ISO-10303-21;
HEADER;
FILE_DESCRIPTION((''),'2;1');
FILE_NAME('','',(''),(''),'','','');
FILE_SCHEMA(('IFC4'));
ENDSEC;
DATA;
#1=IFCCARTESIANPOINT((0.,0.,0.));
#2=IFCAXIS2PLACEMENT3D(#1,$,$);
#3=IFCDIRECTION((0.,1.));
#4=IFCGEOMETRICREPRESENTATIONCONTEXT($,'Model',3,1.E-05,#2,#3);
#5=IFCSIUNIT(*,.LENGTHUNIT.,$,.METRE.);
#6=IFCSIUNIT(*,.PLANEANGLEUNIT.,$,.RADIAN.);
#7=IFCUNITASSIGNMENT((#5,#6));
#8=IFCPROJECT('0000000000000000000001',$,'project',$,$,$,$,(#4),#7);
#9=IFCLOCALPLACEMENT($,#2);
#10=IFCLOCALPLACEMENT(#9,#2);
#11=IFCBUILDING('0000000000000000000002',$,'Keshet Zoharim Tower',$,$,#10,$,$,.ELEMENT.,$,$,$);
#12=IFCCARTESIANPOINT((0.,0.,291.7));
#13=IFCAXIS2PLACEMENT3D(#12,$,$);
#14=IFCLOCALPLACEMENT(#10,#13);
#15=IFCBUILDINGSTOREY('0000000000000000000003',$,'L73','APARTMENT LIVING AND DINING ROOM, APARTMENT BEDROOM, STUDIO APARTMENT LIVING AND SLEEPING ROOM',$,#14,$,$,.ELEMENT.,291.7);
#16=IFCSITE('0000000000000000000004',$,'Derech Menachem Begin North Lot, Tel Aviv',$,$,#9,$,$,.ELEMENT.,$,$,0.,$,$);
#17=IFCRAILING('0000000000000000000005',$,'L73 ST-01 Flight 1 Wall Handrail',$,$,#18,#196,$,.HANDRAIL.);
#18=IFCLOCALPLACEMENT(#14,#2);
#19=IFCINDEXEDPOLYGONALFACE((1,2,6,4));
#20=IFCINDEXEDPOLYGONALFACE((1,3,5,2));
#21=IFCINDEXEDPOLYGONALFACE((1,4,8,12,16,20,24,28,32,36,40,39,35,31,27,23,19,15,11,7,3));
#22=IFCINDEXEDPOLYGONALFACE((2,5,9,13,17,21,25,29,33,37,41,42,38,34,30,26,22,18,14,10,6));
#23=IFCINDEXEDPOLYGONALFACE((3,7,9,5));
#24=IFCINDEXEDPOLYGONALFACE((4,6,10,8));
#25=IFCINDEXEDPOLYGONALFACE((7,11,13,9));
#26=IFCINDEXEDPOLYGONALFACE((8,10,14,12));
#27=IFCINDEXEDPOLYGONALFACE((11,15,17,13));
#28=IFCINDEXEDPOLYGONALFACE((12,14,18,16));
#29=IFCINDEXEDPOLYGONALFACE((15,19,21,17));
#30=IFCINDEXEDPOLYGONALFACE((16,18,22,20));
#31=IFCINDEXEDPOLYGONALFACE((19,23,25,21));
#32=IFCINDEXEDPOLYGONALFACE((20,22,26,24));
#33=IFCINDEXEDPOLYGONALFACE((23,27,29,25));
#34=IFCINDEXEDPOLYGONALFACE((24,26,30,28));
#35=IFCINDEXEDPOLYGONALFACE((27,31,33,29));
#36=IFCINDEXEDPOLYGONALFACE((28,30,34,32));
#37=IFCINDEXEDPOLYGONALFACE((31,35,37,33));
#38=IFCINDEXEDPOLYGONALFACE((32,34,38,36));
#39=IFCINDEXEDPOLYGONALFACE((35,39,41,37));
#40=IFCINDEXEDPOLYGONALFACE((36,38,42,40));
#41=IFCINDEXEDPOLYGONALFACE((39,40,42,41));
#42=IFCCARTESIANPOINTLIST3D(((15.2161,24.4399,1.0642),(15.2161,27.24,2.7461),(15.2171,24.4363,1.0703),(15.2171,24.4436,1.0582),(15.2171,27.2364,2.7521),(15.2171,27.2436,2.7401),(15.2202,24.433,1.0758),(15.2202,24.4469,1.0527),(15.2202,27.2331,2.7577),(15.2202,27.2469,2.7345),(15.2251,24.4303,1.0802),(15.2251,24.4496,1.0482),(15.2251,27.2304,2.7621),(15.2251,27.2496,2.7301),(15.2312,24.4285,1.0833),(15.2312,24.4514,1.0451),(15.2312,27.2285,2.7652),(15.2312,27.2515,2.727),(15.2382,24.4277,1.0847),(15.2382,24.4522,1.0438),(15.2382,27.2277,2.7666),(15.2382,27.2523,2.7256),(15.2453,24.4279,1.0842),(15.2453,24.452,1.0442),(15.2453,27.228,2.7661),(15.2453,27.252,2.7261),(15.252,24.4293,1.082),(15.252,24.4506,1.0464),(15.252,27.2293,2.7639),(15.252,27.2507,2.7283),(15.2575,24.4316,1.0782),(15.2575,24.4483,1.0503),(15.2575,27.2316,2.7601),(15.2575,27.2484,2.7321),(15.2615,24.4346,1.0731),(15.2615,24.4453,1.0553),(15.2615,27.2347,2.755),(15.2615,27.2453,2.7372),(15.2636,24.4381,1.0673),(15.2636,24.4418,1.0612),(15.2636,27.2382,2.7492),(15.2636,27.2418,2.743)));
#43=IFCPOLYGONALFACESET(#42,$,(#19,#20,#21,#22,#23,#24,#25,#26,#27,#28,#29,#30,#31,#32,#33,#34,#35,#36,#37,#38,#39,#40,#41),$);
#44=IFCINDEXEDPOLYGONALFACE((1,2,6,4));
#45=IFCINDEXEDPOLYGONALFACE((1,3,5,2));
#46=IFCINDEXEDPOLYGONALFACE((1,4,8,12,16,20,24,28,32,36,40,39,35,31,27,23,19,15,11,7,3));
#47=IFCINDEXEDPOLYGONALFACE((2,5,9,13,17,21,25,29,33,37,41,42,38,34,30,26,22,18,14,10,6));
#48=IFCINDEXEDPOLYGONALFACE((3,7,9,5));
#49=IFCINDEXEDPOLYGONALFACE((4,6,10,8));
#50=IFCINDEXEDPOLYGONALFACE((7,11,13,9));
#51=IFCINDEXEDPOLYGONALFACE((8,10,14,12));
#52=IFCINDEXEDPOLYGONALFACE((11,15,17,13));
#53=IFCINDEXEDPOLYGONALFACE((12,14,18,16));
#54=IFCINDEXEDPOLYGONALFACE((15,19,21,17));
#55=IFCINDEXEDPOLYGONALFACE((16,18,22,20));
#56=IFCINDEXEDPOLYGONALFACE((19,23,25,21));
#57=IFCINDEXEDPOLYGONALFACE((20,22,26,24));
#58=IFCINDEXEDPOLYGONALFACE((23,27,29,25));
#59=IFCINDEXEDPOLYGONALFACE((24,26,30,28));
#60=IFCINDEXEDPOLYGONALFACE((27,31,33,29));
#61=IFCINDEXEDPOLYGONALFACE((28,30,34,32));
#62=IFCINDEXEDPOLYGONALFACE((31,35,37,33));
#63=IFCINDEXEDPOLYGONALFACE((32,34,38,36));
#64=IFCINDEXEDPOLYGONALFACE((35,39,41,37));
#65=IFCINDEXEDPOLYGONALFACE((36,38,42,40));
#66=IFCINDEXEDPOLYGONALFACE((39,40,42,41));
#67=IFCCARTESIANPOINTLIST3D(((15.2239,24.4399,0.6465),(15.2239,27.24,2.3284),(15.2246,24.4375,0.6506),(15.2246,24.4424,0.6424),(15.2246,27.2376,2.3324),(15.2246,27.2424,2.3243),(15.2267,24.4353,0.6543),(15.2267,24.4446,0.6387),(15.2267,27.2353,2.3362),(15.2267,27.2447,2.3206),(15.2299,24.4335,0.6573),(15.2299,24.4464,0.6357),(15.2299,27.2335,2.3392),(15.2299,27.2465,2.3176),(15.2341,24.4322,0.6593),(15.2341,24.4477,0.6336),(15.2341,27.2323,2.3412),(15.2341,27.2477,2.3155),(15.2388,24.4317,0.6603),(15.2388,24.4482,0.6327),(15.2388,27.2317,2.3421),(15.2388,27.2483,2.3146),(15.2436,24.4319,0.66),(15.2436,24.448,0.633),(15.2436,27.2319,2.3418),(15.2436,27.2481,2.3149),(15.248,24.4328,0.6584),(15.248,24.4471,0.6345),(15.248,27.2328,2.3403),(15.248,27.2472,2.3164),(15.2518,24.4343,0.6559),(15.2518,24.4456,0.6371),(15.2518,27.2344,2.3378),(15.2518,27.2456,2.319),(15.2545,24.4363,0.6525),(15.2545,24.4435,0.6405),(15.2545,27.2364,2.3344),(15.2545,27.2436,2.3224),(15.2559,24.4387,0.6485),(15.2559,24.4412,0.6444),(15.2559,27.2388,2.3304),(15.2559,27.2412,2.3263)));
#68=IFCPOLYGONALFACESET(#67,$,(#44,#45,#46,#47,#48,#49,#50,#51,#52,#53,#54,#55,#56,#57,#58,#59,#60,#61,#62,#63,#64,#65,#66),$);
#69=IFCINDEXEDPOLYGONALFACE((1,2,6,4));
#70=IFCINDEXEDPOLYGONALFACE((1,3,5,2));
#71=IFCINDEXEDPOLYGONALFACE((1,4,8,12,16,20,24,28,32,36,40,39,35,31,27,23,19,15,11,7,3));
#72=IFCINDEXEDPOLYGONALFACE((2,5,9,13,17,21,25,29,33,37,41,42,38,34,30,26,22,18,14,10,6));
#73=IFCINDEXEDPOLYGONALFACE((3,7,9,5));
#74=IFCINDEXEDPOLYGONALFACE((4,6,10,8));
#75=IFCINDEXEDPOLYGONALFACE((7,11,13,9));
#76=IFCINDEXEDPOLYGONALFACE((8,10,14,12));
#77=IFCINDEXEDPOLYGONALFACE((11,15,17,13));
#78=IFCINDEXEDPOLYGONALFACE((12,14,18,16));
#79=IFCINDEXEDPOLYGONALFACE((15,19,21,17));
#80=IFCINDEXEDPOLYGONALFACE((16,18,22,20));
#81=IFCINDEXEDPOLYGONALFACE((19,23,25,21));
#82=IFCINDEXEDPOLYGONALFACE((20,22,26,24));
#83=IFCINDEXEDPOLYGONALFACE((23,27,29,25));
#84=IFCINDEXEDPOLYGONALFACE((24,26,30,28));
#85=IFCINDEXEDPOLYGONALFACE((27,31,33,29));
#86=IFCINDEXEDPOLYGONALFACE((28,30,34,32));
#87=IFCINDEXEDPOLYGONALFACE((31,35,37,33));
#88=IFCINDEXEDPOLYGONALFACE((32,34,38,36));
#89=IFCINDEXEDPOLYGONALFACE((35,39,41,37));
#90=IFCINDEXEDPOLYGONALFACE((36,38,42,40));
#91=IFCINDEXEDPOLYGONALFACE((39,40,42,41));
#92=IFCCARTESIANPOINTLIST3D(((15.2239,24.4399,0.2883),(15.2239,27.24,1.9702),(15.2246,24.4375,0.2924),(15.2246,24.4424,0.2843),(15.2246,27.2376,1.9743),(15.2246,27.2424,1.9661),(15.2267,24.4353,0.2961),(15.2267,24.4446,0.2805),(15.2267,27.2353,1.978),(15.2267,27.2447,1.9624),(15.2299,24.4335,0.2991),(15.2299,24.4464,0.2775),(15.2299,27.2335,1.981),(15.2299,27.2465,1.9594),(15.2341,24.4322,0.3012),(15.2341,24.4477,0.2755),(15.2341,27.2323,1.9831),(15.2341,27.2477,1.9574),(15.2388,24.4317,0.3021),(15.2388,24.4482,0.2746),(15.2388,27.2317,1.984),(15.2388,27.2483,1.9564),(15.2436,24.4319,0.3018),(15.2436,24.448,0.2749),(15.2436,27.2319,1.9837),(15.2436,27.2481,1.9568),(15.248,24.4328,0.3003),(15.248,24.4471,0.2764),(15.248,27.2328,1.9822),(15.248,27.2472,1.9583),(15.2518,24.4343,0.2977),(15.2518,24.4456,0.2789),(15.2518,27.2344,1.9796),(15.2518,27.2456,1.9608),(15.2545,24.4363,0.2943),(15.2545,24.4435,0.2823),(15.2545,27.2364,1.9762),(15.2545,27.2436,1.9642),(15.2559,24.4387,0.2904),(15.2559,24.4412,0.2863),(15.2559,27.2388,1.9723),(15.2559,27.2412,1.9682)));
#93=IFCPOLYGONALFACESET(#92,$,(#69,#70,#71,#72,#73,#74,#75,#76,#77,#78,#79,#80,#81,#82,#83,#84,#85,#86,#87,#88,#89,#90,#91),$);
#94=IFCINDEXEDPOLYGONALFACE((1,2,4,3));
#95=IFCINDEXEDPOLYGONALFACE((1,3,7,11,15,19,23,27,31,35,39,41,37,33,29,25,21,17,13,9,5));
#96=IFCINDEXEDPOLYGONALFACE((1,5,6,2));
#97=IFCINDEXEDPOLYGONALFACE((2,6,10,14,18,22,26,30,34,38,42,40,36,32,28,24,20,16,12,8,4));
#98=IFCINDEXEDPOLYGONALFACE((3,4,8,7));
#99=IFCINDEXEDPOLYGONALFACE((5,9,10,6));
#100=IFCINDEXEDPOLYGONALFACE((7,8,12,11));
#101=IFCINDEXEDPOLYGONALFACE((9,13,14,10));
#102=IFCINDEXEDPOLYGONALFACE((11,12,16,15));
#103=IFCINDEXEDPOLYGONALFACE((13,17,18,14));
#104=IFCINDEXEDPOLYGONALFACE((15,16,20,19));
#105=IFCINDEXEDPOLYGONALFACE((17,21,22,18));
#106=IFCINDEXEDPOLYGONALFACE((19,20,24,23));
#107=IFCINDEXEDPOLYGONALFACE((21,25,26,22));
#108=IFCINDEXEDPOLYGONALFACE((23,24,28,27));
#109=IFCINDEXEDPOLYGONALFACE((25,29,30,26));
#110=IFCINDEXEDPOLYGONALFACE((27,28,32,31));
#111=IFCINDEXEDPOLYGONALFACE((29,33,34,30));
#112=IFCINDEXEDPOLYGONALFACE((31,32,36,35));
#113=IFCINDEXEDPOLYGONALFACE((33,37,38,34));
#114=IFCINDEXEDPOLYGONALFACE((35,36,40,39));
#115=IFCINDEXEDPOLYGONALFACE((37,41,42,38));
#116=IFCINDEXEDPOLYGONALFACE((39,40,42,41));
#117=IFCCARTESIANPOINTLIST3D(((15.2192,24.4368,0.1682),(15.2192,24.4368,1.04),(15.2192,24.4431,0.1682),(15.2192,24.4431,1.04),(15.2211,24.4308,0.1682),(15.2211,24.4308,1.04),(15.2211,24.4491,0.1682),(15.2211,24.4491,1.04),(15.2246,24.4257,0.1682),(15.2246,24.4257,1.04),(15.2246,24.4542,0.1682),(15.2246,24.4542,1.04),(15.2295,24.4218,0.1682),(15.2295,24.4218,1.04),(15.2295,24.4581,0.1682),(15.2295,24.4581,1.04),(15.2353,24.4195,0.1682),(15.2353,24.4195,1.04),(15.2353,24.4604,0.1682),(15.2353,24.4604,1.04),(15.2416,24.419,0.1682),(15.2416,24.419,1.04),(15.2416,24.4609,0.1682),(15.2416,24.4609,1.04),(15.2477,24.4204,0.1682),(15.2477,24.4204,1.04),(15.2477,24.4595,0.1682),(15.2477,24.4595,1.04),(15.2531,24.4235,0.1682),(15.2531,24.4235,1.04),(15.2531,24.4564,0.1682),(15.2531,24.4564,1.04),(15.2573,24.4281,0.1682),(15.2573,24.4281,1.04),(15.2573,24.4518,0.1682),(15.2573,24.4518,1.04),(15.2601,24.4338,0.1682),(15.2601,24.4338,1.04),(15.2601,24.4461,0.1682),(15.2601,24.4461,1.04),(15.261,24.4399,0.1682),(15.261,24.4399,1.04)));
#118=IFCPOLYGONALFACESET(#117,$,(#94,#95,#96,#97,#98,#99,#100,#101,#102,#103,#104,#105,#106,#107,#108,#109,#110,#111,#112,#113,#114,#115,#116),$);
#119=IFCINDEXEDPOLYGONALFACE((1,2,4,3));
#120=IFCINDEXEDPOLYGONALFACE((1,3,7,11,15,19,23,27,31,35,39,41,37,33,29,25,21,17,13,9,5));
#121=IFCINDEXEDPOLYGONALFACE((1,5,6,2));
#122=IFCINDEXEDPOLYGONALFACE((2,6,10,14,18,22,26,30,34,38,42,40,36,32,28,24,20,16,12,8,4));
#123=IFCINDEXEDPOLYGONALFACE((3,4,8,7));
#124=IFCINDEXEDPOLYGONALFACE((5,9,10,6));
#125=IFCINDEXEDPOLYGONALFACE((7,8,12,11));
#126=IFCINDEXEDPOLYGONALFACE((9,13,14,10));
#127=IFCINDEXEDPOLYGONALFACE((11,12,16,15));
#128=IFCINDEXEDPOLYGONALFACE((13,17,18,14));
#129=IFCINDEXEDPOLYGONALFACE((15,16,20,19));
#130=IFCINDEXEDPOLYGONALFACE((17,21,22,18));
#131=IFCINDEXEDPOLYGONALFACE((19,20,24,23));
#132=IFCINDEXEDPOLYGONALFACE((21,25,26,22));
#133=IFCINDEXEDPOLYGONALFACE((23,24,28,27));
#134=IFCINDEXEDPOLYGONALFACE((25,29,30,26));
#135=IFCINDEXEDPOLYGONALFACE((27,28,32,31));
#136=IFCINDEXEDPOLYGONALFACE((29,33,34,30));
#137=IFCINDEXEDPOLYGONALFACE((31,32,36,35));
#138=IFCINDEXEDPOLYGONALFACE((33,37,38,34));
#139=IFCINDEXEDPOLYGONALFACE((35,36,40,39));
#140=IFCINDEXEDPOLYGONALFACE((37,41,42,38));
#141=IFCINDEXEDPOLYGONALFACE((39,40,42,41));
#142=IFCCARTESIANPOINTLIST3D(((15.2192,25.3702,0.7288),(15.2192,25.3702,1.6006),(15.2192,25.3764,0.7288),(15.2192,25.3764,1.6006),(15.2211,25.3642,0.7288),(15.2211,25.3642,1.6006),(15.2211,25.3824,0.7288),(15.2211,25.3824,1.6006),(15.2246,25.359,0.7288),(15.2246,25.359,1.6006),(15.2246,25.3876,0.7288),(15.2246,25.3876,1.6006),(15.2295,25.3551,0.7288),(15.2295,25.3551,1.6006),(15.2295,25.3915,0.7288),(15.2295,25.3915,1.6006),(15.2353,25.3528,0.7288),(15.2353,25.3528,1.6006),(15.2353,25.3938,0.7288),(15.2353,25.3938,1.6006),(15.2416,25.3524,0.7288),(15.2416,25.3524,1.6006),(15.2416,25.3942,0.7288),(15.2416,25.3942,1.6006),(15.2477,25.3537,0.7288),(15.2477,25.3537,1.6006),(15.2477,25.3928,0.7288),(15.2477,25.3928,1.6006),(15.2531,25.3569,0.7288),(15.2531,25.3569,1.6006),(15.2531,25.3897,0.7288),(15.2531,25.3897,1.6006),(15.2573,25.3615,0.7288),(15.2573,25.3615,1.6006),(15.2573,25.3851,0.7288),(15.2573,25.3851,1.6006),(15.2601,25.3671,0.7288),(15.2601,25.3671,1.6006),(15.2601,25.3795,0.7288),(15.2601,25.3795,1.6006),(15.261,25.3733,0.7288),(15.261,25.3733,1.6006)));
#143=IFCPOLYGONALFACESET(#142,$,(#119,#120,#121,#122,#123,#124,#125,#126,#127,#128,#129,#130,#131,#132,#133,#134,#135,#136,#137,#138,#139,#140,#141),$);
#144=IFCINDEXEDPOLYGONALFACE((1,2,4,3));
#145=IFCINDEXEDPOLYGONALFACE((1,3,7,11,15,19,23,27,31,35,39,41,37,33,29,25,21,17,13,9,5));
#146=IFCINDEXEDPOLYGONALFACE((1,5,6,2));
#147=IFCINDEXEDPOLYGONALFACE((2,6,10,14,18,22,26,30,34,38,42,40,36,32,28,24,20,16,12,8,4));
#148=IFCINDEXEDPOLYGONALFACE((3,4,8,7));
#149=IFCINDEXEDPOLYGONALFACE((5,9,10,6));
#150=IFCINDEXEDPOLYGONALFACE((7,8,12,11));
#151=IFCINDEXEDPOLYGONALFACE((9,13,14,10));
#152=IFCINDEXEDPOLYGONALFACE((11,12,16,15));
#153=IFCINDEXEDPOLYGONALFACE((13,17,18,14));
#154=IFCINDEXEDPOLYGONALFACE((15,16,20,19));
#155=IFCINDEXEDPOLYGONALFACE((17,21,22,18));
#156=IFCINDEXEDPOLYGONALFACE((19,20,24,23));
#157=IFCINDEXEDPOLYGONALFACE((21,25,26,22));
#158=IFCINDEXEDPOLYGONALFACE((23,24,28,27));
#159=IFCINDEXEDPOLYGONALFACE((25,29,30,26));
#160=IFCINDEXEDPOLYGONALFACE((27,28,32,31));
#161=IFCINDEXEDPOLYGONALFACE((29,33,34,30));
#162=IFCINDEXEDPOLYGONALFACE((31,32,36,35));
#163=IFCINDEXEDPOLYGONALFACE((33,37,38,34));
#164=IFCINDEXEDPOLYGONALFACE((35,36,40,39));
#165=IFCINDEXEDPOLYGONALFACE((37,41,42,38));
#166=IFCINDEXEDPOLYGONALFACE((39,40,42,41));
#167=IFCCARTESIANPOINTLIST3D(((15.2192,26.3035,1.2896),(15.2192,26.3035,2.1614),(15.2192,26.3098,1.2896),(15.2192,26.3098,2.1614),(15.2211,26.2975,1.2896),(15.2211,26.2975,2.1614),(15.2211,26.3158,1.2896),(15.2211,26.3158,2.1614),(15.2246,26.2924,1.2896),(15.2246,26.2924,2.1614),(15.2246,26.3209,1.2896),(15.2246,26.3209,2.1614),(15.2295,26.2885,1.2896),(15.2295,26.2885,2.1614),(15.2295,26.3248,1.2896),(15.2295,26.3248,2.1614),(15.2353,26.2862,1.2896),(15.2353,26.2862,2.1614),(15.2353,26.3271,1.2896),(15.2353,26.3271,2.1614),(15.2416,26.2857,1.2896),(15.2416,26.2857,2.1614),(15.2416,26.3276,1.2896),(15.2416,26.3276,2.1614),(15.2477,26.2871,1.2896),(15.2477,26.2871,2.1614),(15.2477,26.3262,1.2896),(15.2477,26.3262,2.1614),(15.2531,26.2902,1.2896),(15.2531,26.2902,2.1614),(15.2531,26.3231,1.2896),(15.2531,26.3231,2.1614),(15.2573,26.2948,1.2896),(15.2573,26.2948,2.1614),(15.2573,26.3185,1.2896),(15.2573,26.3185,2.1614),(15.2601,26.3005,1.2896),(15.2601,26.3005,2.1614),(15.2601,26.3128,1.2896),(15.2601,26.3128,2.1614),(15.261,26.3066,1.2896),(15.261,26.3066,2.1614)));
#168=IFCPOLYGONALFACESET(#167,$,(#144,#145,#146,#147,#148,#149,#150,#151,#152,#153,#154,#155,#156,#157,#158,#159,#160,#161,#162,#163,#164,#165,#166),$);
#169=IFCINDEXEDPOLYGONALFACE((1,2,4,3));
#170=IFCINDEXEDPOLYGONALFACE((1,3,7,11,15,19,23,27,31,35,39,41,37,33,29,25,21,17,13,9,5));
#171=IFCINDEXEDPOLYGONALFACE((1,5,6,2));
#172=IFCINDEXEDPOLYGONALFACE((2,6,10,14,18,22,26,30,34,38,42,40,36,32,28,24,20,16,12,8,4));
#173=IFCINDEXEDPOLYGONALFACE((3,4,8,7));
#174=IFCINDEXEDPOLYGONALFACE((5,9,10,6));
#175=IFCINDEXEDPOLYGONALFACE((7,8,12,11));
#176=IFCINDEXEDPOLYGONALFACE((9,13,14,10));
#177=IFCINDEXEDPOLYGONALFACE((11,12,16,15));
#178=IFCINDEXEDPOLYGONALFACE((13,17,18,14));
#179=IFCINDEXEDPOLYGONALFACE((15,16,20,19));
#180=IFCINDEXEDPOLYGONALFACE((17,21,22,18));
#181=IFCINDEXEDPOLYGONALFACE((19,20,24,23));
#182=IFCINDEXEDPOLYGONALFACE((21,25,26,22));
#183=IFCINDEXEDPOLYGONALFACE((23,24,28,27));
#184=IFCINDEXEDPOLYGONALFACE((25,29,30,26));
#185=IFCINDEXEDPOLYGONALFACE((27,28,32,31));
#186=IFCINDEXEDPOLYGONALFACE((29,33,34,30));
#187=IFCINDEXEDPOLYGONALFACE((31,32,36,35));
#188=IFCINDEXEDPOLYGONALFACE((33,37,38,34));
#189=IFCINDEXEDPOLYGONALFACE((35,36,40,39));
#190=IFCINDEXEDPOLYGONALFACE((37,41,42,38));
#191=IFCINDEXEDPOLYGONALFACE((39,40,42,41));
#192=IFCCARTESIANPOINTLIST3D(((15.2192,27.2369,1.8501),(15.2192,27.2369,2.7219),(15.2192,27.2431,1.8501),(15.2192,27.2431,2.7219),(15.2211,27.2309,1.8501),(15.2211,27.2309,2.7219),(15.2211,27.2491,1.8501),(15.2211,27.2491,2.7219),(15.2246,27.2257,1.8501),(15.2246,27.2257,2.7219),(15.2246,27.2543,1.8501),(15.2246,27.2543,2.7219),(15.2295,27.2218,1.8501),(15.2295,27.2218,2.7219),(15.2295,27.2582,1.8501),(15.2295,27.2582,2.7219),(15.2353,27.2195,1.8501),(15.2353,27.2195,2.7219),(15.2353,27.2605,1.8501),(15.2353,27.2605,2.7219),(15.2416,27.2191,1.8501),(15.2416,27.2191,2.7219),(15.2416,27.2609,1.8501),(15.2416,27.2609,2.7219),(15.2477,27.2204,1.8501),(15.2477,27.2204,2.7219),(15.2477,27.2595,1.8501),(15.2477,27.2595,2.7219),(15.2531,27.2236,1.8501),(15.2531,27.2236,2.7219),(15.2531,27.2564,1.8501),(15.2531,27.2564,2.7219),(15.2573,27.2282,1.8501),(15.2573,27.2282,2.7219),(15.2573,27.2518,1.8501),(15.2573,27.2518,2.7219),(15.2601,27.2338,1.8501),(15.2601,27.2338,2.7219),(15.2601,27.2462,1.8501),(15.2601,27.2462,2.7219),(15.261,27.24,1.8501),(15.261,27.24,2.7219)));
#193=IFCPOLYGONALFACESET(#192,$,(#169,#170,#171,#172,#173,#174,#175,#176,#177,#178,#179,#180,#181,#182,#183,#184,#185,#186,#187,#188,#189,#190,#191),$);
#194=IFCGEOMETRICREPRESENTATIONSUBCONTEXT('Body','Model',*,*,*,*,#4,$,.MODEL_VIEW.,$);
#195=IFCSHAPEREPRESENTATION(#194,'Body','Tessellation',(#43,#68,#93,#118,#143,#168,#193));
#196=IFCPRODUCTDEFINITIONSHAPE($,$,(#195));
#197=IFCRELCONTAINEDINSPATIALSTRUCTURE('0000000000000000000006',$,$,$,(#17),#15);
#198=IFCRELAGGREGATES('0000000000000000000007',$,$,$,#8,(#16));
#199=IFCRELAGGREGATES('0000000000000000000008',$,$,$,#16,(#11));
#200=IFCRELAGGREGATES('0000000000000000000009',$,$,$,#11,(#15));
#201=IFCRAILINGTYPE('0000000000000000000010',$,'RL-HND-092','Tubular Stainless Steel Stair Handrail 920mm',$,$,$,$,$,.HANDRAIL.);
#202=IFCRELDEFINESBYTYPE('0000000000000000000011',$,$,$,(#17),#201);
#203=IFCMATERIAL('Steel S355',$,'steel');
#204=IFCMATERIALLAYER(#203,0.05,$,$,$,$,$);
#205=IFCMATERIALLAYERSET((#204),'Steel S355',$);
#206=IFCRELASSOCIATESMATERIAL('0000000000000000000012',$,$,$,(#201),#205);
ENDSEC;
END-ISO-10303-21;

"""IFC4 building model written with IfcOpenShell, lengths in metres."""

from ifc_helpers import new_model, si_unit, direction, frame, origin, origin_2d, place, context, subcontext, project, spatial, circle, extrude, material, layer, layer_set, type_object, element, save


model = new_model("IFC4")

# Units and contexts
model_context = context("Model", 3, precision=1e-05, world=origin(), true_north=direction((0.0, 1.0)))
body_context = subcontext(model_context, "Body", "Model", "MODEL_VIEW")
ifc_project = project(units=[si_unit("LENGTHUNIT", "METRE"), si_unit("PLANEANGLEUNIT", "RADIAN")], contexts=[model_context])

# Site, building, storey
site_placement = place(None, origin())
site = spatial("IfcSite", under=ifc_project, at=site_placement, Name="Derech Menachem Begin North Lot, Tel Aviv", CompositionType="ELEMENT", RefElevation=0.0)
building_placement = place(site_placement, origin())
building = spatial("IfcBuilding", under=site, at=building_placement, Name="Keshet Zoharim Tower", CompositionType="ELEMENT")
storey_placement = place(building_placement, frame((0.0, 0.0, 291.7)))
storey = spatial("IfcBuildingStorey", under=building, at=storey_placement, Name="L73", Description="APARTMENT LIVING AND DINING ROOM, APARTMENT BEDROOM, STUDIO APARTMENT LIVING AND SLEEPING ROOM", CompositionType="ELEMENT", Elevation=291.7)

# Shared definitions
ifc_material_1 = material(Name="Steel S355", Category="steel")

# Railing
ifc_layer_1 = layer(ifc_material_1, 0.05)
ifc_layer_set_1 = layer_set([ifc_layer_1], Name="Steel S355")
railing_type_1 = type_object("IfcRailingType", Name="RL-HND-092", Description="Tubular Stainless Steel Stair Handrail 920mm", PredefinedType="HANDRAIL", material=ifc_layer_set_1)
railing_1_placement = place(storey_placement, frame((15.24, 24.4399, 0.1682)))
element("IfcRailing", 1, at=railing_1_placement, inside=storey, type_object=railing_type_1, Name="L73 ST-01 Flight 1 Wall Handrail", PredefinedType="HANDRAIL", context=body_context, shape_type="SweptSolid", body=[
    extrude(circle(Radius=0.0239, at=origin_2d()), frame((0.0, 0.0, 0.896), z_axis=(0.0, 0.857242, 0.514913), x_axis=(-1.0, 0.0, 0.0)), (0.0, 0.0, 1.0), 3.2664),
    extrude(circle(Radius=0.0161, at=origin_2d()), frame((0.0, 0.0, 0.4783), z_axis=(0.0, 0.857242, 0.514913), x_axis=(-1.0, 0.0, 0.0)), (0.0, 0.0, 1.0), 3.2664),
    extrude(circle(Radius=0.0161, at=origin_2d()), frame((0.0, 0.0, 0.1201), z_axis=(0.0, 0.857242, 0.514913), x_axis=(-1.0, 0.0, 0.0)), (0.0, 0.0, 1.0), 3.2664),
    extrude(circle(Radius=0.021, at=origin_2d()), origin(), (0.0, 0.0, 1.0), 0.8718),
    extrude(circle(Radius=0.021, at=origin_2d()), frame((0.0, 0.9333, 0.5605)), (0.0, 0.0, 1.0), 0.8718),
    extrude(circle(Radius=0.021, at=origin_2d()), frame((0.0, 1.8667, 1.1213)), (0.0, 0.0, 1.0), 0.8718),
    extrude(circle(Radius=0.021, at=origin_2d()), frame((0.0, 2.8, 1.6819)), (0.0, 0.0, 1.0), 0.8718),
])

save(model, "model.ifc")
